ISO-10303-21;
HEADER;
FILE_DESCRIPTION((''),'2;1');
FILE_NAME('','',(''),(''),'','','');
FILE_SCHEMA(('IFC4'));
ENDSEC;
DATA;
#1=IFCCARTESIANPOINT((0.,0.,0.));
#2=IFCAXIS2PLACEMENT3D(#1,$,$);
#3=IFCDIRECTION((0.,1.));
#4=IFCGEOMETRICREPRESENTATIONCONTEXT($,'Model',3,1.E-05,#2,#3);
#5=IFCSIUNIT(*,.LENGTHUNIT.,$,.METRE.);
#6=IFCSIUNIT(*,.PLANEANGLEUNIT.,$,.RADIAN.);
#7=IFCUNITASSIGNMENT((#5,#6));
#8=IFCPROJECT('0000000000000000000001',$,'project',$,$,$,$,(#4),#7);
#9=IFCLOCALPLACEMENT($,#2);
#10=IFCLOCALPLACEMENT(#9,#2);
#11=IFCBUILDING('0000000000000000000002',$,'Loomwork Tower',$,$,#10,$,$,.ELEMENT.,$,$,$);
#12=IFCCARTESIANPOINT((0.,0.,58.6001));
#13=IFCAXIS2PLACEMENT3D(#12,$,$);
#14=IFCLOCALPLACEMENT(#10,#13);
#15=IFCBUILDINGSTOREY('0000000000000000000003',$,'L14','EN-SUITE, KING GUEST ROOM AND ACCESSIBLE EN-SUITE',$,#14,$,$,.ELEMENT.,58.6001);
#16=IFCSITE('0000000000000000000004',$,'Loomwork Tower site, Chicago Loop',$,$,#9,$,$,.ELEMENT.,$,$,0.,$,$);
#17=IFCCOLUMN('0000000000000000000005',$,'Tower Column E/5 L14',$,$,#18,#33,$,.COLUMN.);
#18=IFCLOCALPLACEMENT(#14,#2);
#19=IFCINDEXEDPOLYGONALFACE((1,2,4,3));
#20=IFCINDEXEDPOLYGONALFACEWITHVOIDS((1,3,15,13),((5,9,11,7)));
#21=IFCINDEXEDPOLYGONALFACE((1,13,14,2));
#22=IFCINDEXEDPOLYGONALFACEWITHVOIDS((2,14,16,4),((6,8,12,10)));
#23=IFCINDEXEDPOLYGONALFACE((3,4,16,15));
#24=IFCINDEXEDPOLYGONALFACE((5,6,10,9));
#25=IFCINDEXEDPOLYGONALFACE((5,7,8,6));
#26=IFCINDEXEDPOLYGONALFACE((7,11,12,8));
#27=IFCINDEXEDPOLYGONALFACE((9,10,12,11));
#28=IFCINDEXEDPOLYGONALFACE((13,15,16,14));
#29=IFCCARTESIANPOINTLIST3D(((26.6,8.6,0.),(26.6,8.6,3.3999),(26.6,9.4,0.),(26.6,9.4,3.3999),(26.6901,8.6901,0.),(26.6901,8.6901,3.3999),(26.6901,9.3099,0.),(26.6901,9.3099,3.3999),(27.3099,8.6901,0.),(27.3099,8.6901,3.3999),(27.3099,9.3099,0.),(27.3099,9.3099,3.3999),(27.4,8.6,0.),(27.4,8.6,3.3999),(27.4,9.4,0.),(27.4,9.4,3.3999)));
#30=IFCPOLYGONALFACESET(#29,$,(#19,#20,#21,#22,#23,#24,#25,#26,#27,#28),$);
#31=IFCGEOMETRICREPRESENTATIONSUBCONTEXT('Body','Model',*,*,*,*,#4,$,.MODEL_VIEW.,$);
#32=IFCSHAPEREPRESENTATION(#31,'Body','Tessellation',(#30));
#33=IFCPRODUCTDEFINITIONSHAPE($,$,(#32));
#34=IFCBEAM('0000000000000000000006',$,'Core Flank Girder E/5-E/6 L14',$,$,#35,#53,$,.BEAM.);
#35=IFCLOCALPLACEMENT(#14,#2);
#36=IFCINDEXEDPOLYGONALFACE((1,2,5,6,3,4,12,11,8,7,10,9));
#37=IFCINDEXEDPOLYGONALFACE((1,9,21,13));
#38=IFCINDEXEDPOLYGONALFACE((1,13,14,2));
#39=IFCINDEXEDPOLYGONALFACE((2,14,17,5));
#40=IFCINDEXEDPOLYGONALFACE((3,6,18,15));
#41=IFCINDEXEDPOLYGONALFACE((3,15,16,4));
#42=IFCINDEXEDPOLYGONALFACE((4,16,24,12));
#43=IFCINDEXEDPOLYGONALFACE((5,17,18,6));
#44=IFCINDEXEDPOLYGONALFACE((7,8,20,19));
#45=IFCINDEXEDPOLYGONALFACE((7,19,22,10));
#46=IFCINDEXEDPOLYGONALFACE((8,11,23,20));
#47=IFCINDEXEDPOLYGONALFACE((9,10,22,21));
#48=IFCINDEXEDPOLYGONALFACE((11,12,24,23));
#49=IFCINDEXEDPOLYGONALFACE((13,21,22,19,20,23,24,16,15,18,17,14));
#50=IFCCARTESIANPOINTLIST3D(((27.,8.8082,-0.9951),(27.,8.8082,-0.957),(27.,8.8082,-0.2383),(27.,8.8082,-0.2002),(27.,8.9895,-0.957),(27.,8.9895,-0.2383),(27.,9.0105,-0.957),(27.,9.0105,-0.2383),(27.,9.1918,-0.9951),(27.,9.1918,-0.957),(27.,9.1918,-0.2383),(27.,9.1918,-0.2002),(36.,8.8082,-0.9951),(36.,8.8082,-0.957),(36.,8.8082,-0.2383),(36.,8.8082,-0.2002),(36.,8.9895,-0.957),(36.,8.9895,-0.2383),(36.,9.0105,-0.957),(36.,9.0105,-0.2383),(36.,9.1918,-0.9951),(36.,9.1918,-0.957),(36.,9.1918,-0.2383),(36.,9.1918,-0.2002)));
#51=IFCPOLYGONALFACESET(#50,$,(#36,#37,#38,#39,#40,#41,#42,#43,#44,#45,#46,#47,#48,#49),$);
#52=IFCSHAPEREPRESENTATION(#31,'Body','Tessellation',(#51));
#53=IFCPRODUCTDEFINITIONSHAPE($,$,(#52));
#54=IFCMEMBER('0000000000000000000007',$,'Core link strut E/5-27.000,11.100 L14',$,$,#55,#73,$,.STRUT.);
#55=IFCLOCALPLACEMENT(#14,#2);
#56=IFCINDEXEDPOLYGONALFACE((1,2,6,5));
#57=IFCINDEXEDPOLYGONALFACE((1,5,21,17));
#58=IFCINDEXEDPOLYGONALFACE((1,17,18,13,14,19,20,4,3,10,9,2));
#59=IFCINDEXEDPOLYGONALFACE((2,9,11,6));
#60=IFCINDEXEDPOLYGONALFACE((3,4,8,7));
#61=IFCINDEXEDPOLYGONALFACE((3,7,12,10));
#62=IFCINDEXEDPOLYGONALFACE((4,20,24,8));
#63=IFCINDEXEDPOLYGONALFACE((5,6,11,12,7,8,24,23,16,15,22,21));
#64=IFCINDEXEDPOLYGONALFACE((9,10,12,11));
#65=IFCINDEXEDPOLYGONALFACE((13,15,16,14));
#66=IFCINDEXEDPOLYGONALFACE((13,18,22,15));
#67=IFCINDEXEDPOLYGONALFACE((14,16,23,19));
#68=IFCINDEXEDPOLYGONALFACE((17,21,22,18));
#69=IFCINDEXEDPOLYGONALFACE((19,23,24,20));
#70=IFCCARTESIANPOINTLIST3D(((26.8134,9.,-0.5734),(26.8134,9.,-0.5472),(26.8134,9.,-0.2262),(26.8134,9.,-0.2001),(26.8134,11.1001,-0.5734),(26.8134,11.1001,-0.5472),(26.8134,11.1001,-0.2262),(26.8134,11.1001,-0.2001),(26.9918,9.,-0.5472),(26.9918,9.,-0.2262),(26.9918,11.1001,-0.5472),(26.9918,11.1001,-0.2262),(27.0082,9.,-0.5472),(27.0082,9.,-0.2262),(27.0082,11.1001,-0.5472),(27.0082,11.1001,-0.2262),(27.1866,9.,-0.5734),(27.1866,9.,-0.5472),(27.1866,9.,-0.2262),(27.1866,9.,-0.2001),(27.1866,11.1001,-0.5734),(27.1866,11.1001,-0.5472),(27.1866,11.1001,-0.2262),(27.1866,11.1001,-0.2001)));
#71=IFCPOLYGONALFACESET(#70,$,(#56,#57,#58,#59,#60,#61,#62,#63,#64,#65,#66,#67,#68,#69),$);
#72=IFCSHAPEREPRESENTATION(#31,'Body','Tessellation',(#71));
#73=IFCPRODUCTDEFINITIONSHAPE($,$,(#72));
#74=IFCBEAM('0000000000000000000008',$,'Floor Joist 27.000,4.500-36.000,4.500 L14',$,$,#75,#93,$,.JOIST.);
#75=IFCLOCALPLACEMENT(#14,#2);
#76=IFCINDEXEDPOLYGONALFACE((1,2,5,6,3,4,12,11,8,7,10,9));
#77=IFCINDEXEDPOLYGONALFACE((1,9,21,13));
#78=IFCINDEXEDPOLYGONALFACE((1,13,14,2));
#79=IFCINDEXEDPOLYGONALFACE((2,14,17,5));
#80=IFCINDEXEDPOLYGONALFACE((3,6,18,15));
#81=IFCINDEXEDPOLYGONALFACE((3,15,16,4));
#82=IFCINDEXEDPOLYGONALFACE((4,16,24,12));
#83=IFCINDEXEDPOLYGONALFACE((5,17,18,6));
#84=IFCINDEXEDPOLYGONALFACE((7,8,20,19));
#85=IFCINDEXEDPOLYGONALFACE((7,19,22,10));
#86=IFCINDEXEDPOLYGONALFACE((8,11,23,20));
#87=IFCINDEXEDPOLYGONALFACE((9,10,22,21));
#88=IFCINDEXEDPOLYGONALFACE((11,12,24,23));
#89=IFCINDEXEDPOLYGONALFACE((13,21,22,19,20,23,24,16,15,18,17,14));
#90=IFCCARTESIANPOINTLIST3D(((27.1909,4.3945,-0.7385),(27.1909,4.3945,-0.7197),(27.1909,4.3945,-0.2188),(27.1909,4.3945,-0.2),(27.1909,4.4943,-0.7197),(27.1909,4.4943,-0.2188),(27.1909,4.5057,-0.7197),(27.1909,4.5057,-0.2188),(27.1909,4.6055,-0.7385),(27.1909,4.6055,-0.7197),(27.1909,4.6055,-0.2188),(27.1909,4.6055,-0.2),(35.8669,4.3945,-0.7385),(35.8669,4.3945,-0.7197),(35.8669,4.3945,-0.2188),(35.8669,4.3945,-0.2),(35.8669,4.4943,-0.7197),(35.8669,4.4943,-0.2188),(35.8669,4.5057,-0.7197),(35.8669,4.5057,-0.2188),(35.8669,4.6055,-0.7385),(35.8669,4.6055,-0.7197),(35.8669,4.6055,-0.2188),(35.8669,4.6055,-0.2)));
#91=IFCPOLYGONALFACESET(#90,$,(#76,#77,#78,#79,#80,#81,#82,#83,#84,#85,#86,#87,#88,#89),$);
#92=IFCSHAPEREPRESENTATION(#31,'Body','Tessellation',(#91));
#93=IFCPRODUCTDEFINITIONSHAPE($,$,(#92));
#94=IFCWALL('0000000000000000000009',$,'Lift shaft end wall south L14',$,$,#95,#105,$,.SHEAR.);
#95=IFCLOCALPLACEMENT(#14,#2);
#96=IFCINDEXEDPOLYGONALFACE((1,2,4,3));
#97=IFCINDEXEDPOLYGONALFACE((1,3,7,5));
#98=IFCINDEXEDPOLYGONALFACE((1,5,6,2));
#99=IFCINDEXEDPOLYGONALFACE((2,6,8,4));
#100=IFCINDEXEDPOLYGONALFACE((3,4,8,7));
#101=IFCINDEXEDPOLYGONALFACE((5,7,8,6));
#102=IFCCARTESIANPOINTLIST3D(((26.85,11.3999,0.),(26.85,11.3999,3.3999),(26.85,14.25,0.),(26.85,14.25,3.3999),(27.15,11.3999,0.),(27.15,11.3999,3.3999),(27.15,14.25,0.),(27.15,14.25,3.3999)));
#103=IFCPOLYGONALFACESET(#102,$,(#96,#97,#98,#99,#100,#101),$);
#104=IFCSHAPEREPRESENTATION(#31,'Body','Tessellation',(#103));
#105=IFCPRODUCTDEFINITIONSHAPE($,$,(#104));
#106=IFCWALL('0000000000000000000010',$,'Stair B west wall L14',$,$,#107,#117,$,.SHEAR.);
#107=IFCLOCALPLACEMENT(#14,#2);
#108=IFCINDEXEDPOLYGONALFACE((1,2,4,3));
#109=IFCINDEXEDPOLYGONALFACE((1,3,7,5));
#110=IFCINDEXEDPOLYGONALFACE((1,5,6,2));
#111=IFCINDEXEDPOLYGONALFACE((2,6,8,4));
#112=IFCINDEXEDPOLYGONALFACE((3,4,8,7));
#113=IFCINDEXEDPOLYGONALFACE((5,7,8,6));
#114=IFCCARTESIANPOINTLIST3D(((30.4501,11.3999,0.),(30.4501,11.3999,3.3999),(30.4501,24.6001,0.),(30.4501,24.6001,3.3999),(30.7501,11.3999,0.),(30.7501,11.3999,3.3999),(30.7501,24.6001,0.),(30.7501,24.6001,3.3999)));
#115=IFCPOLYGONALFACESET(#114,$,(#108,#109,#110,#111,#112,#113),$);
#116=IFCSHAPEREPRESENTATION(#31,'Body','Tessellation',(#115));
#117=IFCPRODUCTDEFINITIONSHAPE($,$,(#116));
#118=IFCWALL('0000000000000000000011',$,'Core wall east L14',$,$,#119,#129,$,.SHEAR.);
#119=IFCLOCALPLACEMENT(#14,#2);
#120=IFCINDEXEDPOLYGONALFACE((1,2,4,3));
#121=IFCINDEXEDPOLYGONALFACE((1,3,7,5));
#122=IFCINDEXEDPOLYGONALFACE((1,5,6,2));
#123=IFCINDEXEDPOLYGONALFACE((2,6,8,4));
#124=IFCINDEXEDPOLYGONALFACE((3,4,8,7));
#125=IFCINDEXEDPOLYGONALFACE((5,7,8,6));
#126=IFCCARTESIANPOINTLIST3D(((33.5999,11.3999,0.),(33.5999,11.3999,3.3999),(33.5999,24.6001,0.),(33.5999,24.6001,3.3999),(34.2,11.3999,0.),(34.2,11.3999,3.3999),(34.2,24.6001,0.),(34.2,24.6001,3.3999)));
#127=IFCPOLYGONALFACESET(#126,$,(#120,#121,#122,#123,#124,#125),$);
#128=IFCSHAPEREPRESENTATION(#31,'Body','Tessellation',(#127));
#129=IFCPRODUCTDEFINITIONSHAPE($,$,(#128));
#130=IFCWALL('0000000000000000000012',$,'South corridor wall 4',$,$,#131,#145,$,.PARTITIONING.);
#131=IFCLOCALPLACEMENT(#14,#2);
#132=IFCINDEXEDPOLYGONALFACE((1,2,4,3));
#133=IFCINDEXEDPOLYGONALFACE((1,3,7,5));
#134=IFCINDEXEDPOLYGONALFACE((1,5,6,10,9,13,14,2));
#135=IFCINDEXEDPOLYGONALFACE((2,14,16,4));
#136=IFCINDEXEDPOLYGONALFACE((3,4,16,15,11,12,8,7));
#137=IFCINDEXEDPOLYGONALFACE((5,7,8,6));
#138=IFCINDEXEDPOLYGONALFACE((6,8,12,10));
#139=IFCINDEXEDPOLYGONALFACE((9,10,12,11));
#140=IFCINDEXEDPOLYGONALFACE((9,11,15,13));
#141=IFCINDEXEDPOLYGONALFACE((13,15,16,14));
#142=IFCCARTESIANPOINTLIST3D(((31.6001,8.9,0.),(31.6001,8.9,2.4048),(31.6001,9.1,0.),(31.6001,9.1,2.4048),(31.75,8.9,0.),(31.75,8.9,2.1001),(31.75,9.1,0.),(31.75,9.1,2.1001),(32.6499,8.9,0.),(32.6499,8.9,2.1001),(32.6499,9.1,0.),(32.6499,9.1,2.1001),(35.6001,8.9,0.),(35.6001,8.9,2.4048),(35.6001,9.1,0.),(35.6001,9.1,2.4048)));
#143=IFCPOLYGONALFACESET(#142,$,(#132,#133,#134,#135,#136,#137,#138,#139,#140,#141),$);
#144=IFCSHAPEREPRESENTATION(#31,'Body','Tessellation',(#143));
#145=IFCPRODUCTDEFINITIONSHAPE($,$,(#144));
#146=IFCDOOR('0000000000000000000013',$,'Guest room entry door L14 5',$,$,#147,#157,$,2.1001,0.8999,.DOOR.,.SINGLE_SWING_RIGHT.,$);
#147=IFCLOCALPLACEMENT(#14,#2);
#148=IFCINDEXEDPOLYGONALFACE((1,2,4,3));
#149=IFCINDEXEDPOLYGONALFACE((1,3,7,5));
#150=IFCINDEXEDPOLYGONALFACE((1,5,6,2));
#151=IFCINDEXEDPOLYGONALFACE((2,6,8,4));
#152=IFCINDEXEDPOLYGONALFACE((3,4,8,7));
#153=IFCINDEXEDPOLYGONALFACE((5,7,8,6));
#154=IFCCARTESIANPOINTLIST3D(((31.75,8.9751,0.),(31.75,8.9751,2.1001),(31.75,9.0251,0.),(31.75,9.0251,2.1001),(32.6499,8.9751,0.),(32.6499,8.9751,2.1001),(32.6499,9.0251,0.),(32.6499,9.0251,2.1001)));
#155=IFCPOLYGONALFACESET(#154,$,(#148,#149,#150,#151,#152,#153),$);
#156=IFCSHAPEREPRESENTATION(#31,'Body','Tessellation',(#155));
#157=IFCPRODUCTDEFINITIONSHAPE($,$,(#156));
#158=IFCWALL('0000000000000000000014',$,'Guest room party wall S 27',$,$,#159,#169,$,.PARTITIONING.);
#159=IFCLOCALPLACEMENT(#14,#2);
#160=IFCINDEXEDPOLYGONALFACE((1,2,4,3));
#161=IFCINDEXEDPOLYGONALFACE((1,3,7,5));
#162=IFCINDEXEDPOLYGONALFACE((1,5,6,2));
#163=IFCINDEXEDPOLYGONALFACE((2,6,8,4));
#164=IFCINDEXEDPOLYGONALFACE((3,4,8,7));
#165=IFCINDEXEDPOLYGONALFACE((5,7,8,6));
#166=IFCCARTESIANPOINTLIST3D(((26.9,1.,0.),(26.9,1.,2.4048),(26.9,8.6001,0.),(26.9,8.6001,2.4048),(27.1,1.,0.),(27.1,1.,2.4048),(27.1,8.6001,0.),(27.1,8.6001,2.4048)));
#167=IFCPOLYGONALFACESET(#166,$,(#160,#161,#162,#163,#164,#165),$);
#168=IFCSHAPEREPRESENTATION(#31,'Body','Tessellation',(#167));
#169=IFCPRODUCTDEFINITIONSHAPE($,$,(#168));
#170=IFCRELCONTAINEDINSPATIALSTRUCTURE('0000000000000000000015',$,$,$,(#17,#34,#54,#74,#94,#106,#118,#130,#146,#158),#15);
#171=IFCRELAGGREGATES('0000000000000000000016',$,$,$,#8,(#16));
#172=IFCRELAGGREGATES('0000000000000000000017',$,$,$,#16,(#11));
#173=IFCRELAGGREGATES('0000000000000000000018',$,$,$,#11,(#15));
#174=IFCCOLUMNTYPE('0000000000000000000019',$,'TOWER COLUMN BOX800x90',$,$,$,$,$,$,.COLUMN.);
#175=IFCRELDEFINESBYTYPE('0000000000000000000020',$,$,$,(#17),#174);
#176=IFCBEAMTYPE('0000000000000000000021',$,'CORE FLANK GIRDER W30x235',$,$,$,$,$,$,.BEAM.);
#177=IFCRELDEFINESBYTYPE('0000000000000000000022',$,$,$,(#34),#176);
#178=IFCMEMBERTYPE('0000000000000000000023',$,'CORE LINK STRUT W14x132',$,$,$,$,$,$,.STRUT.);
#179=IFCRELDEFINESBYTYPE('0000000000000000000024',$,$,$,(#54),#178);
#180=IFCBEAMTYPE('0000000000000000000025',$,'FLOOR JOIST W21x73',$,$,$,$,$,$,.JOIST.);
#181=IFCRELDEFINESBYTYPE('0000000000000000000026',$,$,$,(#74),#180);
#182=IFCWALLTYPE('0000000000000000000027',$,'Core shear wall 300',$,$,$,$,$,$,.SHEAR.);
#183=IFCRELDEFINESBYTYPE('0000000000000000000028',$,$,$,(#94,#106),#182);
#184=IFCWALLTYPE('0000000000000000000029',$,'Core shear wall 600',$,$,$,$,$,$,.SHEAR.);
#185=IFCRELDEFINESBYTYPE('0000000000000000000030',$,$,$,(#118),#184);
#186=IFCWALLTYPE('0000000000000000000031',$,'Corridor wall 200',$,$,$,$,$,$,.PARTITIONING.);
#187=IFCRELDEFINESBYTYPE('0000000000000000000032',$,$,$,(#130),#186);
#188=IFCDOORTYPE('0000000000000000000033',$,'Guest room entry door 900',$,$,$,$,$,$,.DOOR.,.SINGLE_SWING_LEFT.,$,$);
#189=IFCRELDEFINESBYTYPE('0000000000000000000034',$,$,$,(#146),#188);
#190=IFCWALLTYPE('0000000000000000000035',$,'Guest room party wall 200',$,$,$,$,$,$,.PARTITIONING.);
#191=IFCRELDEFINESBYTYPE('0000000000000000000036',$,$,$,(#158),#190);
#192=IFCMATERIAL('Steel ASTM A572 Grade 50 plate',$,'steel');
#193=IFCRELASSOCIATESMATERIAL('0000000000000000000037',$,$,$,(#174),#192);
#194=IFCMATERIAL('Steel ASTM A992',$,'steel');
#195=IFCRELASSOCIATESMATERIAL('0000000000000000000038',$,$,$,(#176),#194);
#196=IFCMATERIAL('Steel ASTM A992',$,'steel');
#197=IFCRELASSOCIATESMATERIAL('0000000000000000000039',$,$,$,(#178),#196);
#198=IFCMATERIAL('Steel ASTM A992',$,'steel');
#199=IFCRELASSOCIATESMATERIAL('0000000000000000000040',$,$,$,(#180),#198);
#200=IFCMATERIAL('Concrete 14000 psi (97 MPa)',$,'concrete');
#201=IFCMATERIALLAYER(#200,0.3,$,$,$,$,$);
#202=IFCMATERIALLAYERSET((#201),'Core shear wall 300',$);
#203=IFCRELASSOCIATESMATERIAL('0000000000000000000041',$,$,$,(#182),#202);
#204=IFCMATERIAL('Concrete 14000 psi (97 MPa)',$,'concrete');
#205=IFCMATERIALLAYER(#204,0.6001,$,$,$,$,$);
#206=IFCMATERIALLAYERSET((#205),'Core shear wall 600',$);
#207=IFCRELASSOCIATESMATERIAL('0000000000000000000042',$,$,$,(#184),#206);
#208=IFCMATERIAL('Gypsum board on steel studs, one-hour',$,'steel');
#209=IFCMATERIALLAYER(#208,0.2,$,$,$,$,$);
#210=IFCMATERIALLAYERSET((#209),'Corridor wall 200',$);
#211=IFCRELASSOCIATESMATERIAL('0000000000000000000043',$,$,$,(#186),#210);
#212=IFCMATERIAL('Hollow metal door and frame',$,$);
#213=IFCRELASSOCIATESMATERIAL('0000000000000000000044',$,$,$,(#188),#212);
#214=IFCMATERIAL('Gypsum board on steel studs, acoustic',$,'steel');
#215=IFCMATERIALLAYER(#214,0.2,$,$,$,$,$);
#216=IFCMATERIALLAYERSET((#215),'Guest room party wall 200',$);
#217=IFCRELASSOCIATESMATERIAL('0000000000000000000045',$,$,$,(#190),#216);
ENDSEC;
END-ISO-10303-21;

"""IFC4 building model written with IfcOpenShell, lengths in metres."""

from ifc_helpers import new_model, si_unit, direction, frame, frame_2d, origin, origin_2d, place, context, subcontext, project, spatial, rectangle, hollow_rectangle, i_section, extrude, material, layer, layer_set, material_profile, profile_set, type_object, element, fill, save


model = new_model("IFC4")

# Units and contexts
model_context = context("Model", 3, precision=1e-05, world=origin(), true_north=direction((0.0, 1.0)))
body_context = subcontext(model_context, "Body", "Model", "MODEL_VIEW")
ifc_project = project(units=[si_unit("LENGTHUNIT", "METRE"), si_unit("PLANEANGLEUNIT", "RADIAN")], contexts=[model_context])

# Site, building, storey
site_placement = place(None, origin())
site = spatial("IfcSite", under=ifc_project, at=site_placement, Name="Loomwork Tower site, Chicago Loop", CompositionType="ELEMENT", RefElevation=0.0)
building_placement = place(site_placement, origin())
building = spatial("IfcBuilding", under=site, at=building_placement, Name="Loomwork Tower", CompositionType="ELEMENT")
storey_placement = place(building_placement, frame((0.0, 0.0, 58.6001)))
storey = spatial("IfcBuildingStorey", under=building, at=storey_placement, Name="L14", Description="EN-SUITE, KING GUEST ROOM AND ACCESSIBLE EN-SUITE", CompositionType="ELEMENT", Elevation=58.6001)

# Column
ifc_material_1 = material(Name="Steel ASTM A572 Grade 50 plate", Category="steel")
ifc_material_profile_1 = material_profile(ifc_material_1, hollow_rectangle(XDim=0.8, YDim=0.8, WallThickness=0.0901, at=origin_2d()), Name="BOX800x90")
ifc_profile_set_1 = profile_set([ifc_material_profile_1], Name="Steel ASTM A572 Grade 50 plate")
column_type = type_object("IfcColumnType", Name="TOWER COLUMN BOX800x90", PredefinedType="COLUMN", material=ifc_profile_set_1)
column_placement = place(storey_placement, frame((27.0, 9.0, 0.0), z_axis=(0.0, 0.0, 1.0), x_axis=(1.0, 0.0, 0.0)))
element("IfcColumn", 1, at=column_placement, inside=storey, type_object=column_type, Name="Tower Column E/5 L14", PredefinedType="COLUMN", context=body_context, shape_type="SweptSolid", body=[
    extrude(hollow_rectangle(XDim=0.8, YDim=0.8, WallThickness=0.0901, at=origin_2d()), origin(), (0.0, 0.0, 1.0), 3.3999),
])

# Beam
ifc_material_2 = material(Name="Steel ASTM A992", Category="steel")
ifc_material_profile_2 = material_profile(ifc_material_2, i_section(OverallWidth=0.3835, OverallDepth=0.7949, WebThickness=0.021, FlangeThickness=0.0381, at=origin_2d()), Name="W30x235")
ifc_profile_set_2 = profile_set([ifc_material_profile_2], Name="Steel ASTM A992")
beam_type_1 = type_object("IfcBeamType", Name="CORE FLANK GIRDER W30x235", PredefinedType="BEAM", material=ifc_profile_set_2)
beam_1_placement = place(storey_placement, frame((27.0, 9.0, -0.5977), z_axis=(1.0, 0.0, 0.0), x_axis=(0.0, 1.0, 0.0)))
element("IfcBeam", 2, at=beam_1_placement, inside=storey, type_object=beam_type_1, Name="Core Flank Girder E/5-E/6 L14", PredefinedType="BEAM", context=body_context, shape_type="SweptSolid", body=[
    extrude(i_section(OverallWidth=0.3835, OverallDepth=0.7949, WebThickness=0.021, FlangeThickness=0.0381, at=origin_2d()), origin(), (0.0, 0.0, 1.0), 9.0),
])

# Member
ifc_material_3 = material(Name="Steel ASTM A992", Category="steel")
ifc_material_profile_3 = material_profile(ifc_material_3, i_section(OverallWidth=0.3733, OverallDepth=0.3733, WebThickness=0.0164, FlangeThickness=0.0261, at=origin_2d()), Name="W14x132")
ifc_profile_set_3 = profile_set([ifc_material_profile_3], Name="Steel ASTM A992")
member_type = type_object("IfcMemberType", Name="CORE LINK STRUT W14x132", PredefinedType="STRUT", material=ifc_profile_set_3)
member_placement = place(storey_placement, frame((27.0, 9.0, -0.3867), z_axis=(0.0, 1.0, 0.0), x_axis=(-1.0, 0.0, 0.0)))
element("IfcMember", 3, at=member_placement, inside=storey, type_object=member_type, Name="Core link strut E/5-27.000,11.100 L14", PredefinedType="STRUT", context=body_context, shape_type="SweptSolid", body=[
    extrude(i_section(OverallWidth=0.3733, OverallDepth=0.3733, WebThickness=0.0164, FlangeThickness=0.0261, at=origin_2d()), origin(), (0.0, 0.0, 1.0), 2.1001),
])

# Beam
ifc_material_4 = material(Name="Steel ASTM A992", Category="steel")
ifc_material_profile_4 = material_profile(ifc_material_4, i_section(OverallWidth=0.2109, OverallDepth=0.5386, WebThickness=0.0115, FlangeThickness=0.0188, at=origin_2d()), Name="W21x73")
ifc_profile_set_4 = profile_set([ifc_material_profile_4], Name="Steel ASTM A992")
beam_type_2 = type_object("IfcBeamType", Name="FLOOR JOIST W21x73", PredefinedType="JOIST", material=ifc_profile_set_4)
beam_2_placement = place(storey_placement, frame((27.1909, 4.5, -0.4692), z_axis=(1.0, 0.0, 0.0), x_axis=(0.0, 1.0, 0.0)))
element("IfcBeam", 4, at=beam_2_placement, inside=storey, type_object=beam_type_2, Name="Floor Joist 27.000,4.500-36.000,4.500 L14", PredefinedType="JOIST", context=body_context, shape_type="SweptSolid", body=[
    extrude(i_section(OverallWidth=0.2109, OverallDepth=0.5386, WebThickness=0.0115, FlangeThickness=0.0188, at=origin_2d()), origin(), (0.0, 0.0, 1.0), 8.676),
])

# Walls
ifc_material_5 = material(Name="Concrete 14000 psi (97 MPa)", Category="concrete")
ifc_layer_1 = layer(ifc_material_5, 0.3)
ifc_layer_set_1 = layer_set([ifc_layer_1], Name="Core shear wall 300")
wall_type_1 = type_object("IfcWallType", Name="Core shear wall 300", PredefinedType="SHEAR", material=ifc_layer_set_1)
wall_1_placement = place(storey_placement, frame((27.0, 11.3999, 0.0), z_axis=(0.0, 0.0, 1.0), x_axis=(0.0, 1.0, 0.0)))
element("IfcWall", 5, at=wall_1_placement, inside=storey, type_object=wall_type_1, Name="Lift shaft end wall south L14", PredefinedType="SHEAR", context=body_context, shape_type="SweptSolid", body=[
    extrude(rectangle(XDim=2.8501, YDim=0.3, at=frame_2d((1.425, 0.0))), origin(), (0.0, 0.0, 1.0), 3.3999),
])
wall_2_placement = place(storey_placement, frame((30.6001, 11.3999, 0.0), z_axis=(0.0, 0.0, 1.0), x_axis=(0.0, 1.0, 0.0)))
element("IfcWall", 6, at=wall_2_placement, inside=storey, type_object=wall_type_1, Name="Stair B west wall L14", PredefinedType="SHEAR", context=body_context, shape_type="SweptSolid", body=[
    extrude(rectangle(XDim=13.2002, YDim=0.3, at=frame_2d((6.6001, 0.0))), origin(), (0.0, 0.0, 1.0), 3.3999),
])
ifc_material_6 = material(Name="Concrete 14000 psi (97 MPa)", Category="concrete")
ifc_layer_2 = layer(ifc_material_6, 0.6001)
ifc_layer_set_2 = layer_set([ifc_layer_2], Name="Core shear wall 600")
wall_type_2 = type_object("IfcWallType", Name="Core shear wall 600", PredefinedType="SHEAR", material=ifc_layer_set_2)
wall_3_placement = place(storey_placement, frame((33.8999, 11.3999, 0.0), z_axis=(0.0, 0.0, 1.0), x_axis=(0.0, 1.0, 0.0)))
element("IfcWall", 7, at=wall_3_placement, inside=storey, type_object=wall_type_2, Name="Core wall east L14", PredefinedType="SHEAR", context=body_context, shape_type="SweptSolid", body=[
    extrude(rectangle(XDim=13.2002, YDim=0.6001, at=frame_2d((6.6001, 0.0))), origin(), (0.0, 0.0, 1.0), 3.3999),
])

# Wall, opening, door
ifc_material_7 = material(Name="Gypsum board on steel studs, one-hour", Category="steel")
ifc_layer_3 = layer(ifc_material_7, 0.2)
ifc_layer_set_3 = layer_set([ifc_layer_3], Name="Corridor wall 200")
wall_type_3 = type_object("IfcWallType", Name="Corridor wall 200", PredefinedType="PARTITIONING", material=ifc_layer_set_3)
wall_4_placement = place(storey_placement, frame((31.6001, 9.0, 0.0), z_axis=(0.0, 0.0, 1.0), x_axis=(1.0, 0.0, 0.0)))
wall_4 = element("IfcWall", 8, at=wall_4_placement, inside=storey, type_object=wall_type_3, Name="South corridor wall 4", PredefinedType="PARTITIONING", context=body_context, shape_type="SweptSolid", body=[
    extrude(rectangle(XDim=4.0, YDim=0.2, at=frame_2d((2.0, 0.0))), origin(), (0.0, 0.0, 1.0), 2.4048),
])
opening_1_placement = place(wall_4_placement, frame((0.1499, 0.0, 0.0)))
opening_1 = element("IfcOpeningElement", 9, at=opening_1_placement, cuts=wall_4, PredefinedType="OPENING", context=body_context, shape_type="SweptSolid", body=[
    extrude(rectangle(XDim=0.8999, YDim=2.1001, at=frame_2d((0.45, 1.05))), frame((0.0, 0.1099, 0.0), z_axis=(0.0, -1.0, 0.0), x_axis=(1.0, 0.0, 0.0)), (0.0, 0.0, 1.0), 0.22),
])
ifc_material_8 = material(Name="Hollow metal door and frame")
door_type_1 = type_object("IfcDoorType", Name="Guest room entry door 900", OperationType="SINGLE_SWING_LEFT", PredefinedType="DOOR", material=ifc_material_8)
door_1_placement = place(opening_1_placement, frame((0.8999, 0.0, 0.0), z_axis=(0.0, 0.0, 1.0), x_axis=(-1.0, 0.0, 0.0)))
door_1 = element("IfcDoor", 10, at=door_1_placement, inside=storey, type_object=door_type_1, Name="Guest room entry door L14 5", OperationType="SINGLE_SWING_RIGHT", OverallHeight=2.1001, OverallWidth=0.8999, PredefinedType="DOOR", context=body_context, shape_type="SweptSolid", body=[
    extrude(rectangle(XDim=0.8999, YDim=2.1001, at=frame_2d((0.45, 1.05))), frame((0.0, 0.0249, 0.0), z_axis=(0.0, -1.0, 0.0), x_axis=(1.0, 0.0, 0.0)), (0.0, 0.0, 1.0), 0.05),
])
fill(opening_1, door_1)

# Wall
ifc_material_9 = material(Name="Gypsum board on steel studs, acoustic", Category="steel")
ifc_layer_4 = layer(ifc_material_9, 0.2)
ifc_layer_set_4 = layer_set([ifc_layer_4], Name="Guest room party wall 200")
wall_type_4 = type_object("IfcWallType", Name="Guest room party wall 200", PredefinedType="PARTITIONING", material=ifc_layer_set_4)
wall_5_placement = place(storey_placement, frame((27.0, 8.6001, 0.0), z_axis=(0.0, 0.0, 1.0), x_axis=(0.0, -1.0, 0.0)))
element("IfcWall", 11, at=wall_5_placement, inside=storey, type_object=wall_type_4, Name="Guest room party wall S 27", PredefinedType="PARTITIONING", context=body_context, shape_type="SweptSolid", body=[
    extrude(rectangle(XDim=7.6001, YDim=0.2, at=frame_2d((3.8, 0.0))), origin(), (0.0, 0.0, 1.0), 2.4048),
])

save(model, "model.ifc")
